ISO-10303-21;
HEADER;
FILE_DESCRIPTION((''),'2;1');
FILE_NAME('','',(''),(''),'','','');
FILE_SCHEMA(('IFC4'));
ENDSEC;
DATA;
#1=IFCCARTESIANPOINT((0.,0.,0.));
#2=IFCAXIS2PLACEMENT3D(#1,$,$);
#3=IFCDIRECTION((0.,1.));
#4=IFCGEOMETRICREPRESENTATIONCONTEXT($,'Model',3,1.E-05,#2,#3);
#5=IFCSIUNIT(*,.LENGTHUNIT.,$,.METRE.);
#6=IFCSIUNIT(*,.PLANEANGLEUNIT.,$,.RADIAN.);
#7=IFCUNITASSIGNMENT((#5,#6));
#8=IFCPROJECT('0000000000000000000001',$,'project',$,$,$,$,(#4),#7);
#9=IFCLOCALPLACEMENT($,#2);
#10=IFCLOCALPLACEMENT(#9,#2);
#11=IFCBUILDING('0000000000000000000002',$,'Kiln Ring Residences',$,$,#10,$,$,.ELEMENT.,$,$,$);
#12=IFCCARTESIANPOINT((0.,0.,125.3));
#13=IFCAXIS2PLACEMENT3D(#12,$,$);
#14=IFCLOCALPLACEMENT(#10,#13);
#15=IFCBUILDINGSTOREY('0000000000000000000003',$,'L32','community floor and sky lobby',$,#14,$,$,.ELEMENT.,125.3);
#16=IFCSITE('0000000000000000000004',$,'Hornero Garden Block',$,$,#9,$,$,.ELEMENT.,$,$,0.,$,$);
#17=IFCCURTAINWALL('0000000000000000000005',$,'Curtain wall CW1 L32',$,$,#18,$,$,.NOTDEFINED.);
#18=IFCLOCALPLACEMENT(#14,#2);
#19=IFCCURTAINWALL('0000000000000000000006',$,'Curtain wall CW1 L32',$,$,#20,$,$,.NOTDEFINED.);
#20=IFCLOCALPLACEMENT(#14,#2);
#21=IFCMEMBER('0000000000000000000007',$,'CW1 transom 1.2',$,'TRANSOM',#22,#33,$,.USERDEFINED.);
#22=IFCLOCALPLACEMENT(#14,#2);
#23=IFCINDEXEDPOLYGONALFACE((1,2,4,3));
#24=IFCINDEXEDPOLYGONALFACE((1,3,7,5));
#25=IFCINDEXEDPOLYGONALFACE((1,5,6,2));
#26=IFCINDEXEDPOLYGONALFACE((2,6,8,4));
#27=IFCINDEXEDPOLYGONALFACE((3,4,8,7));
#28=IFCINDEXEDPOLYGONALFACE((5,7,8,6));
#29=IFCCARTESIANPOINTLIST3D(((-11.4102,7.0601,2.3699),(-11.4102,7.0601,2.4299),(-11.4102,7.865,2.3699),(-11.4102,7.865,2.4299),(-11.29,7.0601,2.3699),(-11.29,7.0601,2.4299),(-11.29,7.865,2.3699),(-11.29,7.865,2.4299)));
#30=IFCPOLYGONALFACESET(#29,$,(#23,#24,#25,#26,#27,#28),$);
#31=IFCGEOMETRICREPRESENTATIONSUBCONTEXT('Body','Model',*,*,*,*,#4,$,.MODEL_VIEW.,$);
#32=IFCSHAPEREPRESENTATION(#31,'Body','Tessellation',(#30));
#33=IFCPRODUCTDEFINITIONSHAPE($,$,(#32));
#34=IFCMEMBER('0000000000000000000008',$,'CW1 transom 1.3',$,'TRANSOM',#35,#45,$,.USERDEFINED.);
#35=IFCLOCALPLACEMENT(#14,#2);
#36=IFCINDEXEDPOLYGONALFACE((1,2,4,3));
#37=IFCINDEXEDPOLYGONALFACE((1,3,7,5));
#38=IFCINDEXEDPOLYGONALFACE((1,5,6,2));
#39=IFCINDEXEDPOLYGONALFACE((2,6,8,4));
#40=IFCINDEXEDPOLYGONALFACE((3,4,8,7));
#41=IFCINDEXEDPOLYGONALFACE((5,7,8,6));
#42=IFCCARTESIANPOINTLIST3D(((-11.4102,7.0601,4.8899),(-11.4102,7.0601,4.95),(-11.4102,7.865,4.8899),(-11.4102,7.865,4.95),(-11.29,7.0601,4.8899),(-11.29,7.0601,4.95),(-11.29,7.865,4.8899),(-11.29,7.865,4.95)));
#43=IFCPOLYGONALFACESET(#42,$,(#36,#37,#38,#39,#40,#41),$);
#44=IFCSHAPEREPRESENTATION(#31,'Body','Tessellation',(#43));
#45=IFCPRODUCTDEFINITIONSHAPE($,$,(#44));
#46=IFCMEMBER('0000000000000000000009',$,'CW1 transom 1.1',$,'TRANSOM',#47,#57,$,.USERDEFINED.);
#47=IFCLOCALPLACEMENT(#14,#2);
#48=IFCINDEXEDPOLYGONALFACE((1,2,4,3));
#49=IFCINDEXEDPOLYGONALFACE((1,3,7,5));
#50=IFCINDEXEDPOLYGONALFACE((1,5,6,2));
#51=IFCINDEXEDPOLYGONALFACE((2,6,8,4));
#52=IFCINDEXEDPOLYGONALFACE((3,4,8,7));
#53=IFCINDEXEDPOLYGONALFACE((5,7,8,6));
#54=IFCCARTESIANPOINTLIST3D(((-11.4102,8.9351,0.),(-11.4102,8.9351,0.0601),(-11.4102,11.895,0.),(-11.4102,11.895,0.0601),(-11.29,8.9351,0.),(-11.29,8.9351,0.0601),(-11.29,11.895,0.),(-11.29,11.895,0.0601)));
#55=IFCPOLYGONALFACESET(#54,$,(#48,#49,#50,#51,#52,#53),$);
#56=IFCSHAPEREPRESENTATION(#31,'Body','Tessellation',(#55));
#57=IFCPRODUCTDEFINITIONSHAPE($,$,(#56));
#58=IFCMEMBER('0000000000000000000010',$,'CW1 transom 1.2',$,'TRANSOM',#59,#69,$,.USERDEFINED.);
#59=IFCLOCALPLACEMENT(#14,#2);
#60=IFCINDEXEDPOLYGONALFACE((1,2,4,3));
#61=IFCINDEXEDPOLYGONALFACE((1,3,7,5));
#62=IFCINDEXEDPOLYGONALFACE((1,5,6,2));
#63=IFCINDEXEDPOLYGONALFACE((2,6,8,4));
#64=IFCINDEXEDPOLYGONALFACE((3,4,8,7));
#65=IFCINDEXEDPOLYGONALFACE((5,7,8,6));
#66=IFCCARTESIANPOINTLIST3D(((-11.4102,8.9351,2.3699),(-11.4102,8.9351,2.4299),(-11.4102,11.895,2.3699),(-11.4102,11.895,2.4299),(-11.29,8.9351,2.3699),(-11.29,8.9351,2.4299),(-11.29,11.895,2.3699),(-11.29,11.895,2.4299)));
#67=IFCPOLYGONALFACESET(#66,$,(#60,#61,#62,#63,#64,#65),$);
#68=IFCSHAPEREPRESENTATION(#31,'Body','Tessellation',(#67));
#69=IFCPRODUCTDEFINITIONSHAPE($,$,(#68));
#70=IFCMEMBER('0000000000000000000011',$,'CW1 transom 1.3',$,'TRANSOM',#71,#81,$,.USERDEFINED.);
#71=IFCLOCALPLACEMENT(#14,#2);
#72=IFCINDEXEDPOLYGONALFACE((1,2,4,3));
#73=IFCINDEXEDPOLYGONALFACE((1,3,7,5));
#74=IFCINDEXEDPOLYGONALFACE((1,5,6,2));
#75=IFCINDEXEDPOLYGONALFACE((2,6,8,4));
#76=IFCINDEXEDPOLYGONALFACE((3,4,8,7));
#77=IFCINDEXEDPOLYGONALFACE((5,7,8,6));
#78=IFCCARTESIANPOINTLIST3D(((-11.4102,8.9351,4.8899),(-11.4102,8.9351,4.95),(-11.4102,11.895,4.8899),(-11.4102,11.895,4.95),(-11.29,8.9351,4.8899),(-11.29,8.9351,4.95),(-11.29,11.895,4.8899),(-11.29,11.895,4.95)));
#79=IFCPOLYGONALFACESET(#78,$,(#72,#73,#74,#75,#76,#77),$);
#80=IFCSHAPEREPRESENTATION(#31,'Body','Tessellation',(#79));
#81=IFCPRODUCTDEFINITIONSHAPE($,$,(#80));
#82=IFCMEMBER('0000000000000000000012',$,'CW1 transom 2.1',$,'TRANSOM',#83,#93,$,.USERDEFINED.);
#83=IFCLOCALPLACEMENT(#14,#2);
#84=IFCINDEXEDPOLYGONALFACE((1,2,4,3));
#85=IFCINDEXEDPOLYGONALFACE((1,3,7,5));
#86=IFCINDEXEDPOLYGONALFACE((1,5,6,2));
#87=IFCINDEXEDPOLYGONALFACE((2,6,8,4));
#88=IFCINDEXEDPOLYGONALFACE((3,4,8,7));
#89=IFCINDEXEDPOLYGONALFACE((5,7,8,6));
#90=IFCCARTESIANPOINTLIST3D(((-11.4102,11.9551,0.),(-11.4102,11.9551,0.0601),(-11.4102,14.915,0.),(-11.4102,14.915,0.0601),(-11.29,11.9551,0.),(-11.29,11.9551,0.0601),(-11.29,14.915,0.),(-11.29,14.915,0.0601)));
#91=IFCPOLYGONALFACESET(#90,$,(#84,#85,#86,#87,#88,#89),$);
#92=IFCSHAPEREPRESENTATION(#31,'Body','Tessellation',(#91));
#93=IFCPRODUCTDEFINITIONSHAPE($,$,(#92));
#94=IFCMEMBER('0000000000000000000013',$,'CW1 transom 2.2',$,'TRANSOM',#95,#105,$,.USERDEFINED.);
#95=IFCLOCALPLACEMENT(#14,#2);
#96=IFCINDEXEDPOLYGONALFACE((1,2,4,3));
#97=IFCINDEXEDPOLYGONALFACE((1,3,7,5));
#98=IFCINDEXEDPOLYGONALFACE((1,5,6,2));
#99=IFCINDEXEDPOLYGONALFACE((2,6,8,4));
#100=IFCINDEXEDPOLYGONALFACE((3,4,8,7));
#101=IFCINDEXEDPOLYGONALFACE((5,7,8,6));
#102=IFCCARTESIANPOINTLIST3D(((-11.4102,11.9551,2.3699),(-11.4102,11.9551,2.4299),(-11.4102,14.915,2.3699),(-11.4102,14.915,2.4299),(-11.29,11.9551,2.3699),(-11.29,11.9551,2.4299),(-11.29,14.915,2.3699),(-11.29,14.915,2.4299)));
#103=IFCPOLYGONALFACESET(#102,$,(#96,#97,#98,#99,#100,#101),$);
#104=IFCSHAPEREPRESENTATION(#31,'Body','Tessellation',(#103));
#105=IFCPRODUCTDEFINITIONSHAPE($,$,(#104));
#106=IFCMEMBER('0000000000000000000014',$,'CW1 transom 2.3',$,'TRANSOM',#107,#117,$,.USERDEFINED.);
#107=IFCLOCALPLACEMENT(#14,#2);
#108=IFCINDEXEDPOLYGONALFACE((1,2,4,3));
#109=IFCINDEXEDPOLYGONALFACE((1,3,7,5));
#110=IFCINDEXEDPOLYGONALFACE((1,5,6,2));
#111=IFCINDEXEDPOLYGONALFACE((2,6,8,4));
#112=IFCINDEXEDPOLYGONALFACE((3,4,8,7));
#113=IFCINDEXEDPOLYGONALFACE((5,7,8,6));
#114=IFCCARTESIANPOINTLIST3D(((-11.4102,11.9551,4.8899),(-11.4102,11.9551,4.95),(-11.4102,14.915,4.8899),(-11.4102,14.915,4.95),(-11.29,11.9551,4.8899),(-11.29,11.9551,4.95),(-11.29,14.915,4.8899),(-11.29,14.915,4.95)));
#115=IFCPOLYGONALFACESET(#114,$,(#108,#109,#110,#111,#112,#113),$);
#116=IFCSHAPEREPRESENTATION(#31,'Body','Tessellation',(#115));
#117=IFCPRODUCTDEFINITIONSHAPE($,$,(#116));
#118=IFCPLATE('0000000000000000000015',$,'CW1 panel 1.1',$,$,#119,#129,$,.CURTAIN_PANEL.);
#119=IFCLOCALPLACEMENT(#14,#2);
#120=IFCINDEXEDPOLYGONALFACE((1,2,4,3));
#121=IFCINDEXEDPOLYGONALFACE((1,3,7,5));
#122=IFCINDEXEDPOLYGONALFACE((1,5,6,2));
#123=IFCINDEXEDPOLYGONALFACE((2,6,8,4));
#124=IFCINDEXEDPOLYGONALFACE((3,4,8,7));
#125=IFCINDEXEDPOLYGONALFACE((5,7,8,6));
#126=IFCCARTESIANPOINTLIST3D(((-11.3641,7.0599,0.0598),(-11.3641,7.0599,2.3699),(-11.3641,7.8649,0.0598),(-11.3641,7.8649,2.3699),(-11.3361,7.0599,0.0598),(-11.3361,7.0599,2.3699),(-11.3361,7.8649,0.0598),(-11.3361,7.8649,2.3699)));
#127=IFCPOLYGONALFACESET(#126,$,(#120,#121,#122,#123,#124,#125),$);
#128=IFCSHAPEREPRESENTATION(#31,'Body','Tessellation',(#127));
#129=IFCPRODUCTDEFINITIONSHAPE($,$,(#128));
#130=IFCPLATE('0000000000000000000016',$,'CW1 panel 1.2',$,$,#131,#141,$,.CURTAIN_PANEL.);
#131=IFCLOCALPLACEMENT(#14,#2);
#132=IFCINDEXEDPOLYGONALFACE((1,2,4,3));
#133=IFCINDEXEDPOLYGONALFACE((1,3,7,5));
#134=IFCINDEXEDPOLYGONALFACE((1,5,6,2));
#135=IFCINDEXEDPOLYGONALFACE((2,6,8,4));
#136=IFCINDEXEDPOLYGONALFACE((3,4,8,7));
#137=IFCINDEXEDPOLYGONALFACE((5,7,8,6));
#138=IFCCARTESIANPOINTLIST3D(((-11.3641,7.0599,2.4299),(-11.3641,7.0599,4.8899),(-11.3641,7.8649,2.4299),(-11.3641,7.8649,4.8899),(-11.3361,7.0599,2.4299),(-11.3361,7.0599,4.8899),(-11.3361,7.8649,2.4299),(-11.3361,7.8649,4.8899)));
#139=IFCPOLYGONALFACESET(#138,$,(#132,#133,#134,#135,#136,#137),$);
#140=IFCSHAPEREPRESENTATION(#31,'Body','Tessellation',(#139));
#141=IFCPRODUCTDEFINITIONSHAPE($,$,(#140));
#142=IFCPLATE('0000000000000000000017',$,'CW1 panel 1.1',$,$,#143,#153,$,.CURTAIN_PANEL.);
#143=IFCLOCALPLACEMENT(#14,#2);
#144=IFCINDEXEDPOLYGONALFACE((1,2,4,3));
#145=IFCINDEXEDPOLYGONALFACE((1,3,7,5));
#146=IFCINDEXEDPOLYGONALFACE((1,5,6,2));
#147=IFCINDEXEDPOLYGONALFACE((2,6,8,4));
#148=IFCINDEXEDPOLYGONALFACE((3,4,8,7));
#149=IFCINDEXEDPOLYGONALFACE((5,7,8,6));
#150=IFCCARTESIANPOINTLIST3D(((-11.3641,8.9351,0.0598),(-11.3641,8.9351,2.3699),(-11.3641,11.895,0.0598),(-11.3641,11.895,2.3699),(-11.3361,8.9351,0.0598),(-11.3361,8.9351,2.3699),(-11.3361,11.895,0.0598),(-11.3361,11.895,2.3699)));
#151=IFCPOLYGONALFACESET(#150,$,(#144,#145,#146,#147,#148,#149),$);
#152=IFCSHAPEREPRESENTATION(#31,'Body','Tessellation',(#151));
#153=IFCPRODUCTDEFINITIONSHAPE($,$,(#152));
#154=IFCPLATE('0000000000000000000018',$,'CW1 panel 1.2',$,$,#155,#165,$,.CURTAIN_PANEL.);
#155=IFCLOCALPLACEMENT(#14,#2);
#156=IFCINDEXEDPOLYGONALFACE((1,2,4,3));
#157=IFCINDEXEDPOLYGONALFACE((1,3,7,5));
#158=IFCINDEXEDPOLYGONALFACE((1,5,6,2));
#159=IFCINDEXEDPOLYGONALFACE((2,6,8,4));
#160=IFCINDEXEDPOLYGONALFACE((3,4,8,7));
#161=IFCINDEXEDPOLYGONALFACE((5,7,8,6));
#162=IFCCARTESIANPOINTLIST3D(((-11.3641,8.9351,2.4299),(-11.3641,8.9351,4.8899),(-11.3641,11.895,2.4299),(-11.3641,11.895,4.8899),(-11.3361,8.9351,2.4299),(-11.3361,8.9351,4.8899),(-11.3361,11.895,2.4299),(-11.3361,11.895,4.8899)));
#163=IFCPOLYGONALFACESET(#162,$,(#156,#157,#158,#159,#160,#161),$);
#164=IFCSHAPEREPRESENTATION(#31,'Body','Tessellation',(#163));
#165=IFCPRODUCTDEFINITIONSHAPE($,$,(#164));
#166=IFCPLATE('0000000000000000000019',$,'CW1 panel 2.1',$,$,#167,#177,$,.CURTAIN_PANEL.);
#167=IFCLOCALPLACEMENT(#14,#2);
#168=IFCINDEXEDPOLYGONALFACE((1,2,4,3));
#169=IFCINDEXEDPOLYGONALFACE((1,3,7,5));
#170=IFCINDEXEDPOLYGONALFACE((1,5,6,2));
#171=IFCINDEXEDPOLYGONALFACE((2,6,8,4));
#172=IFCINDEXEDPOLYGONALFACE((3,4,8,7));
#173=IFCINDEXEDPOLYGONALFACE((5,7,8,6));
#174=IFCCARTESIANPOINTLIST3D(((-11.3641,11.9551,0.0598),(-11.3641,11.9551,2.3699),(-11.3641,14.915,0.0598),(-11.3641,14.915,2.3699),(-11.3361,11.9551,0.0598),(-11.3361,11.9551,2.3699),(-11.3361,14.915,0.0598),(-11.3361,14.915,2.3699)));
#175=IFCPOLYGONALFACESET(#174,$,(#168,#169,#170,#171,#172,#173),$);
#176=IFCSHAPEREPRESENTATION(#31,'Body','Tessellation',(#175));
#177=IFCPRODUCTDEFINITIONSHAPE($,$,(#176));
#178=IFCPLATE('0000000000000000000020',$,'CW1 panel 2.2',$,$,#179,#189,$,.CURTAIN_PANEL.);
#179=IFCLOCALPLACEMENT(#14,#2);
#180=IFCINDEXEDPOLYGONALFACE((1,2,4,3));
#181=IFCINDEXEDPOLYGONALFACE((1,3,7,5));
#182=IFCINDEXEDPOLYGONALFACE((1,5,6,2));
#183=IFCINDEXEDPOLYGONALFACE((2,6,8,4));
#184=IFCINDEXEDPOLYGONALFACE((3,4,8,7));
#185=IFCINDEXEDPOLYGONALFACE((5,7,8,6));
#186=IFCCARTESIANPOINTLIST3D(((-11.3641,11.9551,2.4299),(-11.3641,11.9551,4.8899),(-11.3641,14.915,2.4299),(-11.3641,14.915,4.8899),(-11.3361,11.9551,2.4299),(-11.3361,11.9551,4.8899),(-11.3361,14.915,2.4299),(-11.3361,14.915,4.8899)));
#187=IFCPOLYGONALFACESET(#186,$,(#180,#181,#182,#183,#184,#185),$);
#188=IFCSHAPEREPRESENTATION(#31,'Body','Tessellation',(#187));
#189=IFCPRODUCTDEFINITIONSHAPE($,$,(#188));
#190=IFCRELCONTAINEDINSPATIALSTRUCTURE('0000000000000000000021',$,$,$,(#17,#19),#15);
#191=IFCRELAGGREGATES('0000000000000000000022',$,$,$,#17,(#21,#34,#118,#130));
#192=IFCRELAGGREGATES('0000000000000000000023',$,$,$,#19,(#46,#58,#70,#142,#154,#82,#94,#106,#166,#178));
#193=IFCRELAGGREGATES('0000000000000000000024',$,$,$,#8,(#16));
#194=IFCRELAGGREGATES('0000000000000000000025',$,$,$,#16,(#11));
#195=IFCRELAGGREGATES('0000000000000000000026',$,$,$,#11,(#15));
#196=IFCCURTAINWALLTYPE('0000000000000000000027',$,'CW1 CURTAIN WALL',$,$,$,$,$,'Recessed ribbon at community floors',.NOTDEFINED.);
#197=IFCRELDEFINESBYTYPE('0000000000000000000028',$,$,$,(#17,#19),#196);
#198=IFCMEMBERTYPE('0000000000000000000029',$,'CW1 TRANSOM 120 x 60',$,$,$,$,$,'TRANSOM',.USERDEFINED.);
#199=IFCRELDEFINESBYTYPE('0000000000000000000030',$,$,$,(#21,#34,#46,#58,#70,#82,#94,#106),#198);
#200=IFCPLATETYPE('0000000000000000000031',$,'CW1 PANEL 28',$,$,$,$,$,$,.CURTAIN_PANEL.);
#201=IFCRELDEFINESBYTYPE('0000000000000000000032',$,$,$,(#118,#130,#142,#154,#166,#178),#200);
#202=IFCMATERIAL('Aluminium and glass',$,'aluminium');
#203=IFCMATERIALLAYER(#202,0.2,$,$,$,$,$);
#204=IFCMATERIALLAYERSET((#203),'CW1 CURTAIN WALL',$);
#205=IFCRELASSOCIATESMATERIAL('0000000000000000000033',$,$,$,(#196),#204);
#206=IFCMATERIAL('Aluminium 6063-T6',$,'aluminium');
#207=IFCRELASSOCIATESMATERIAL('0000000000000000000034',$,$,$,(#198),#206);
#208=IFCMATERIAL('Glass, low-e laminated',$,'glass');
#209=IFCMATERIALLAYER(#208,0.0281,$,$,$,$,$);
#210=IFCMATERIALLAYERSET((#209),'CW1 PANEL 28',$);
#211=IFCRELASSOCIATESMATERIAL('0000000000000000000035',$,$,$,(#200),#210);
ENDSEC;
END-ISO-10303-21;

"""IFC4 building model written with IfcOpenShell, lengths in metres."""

from ifc_helpers import new_model, si_unit, direction, frame, origin, origin_2d, place, context, subcontext, project, spatial, rectangle, extrude, material, layer, layer_set, material_profile, profile_set, type_object, element, aggregate, save


model = new_model("IFC4")

# Units and contexts
model_context = context("Model", 3, precision=1e-05, world=origin(), true_north=direction((0.0, 1.0)))
body_context = subcontext(model_context, "Body", "Model", "MODEL_VIEW")
ifc_project = project(units=[si_unit("LENGTHUNIT", "METRE"), si_unit("PLANEANGLEUNIT", "RADIAN")], contexts=[model_context])

# Site, building, storey
site_placement = place(None, origin())
site = spatial("IfcSite", under=ifc_project, at=site_placement, Name="Hornero Garden Block", CompositionType="ELEMENT", RefElevation=0.0)
building_placement = place(site_placement, origin())
building = spatial("IfcBuilding", under=site, at=building_placement, Name="Kiln Ring Residences", CompositionType="ELEMENT")
storey_placement = place(building_placement, frame((0.0, 0.0, 125.3)))
storey = spatial("IfcBuildingStorey", under=building, at=storey_placement, Name="L32", Description="community floor and sky lobby", CompositionType="ELEMENT", Elevation=125.3)

# Curtain wall
ifc_material_1 = material(Name="Aluminium and glass", Category="aluminium")
ifc_layer_1 = layer(ifc_material_1, 0.2)
ifc_layer_set_1 = layer_set([ifc_layer_1], Name="CW1 CURTAIN WALL")
curtain_wall_type = type_object("IfcCurtainWallType", Name="CW1 CURTAIN WALL", ElementType="Recessed ribbon at community floors", PredefinedType="NOTDEFINED", material=ifc_layer_set_1)
placement_1 = place(storey_placement, origin())
curtain_wall_1 = element("IfcCurtainWall", 1, at=placement_1, inside=storey, type_object=curtain_wall_type, Name="Curtain wall CW1 L32", PredefinedType="NOTDEFINED")

# Curtain wall
curtain_wall_2 = element("IfcCurtainWall", 2, at=placement_1, inside=storey, type_object=curtain_wall_type, Name="Curtain wall CW1 L32", PredefinedType="NOTDEFINED")

# Members
ifc_material_2 = material(Name="Aluminium 6063-T6", Category="aluminium")
ifc_material_profile_1 = material_profile(ifc_material_2, rectangle(XDim=0.1201, YDim=0.0601, at=origin_2d()), Name="AL 120x60")
ifc_profile_set_1 = profile_set([ifc_material_profile_1], Name="Aluminium 6063-T6")
member_type_1 = type_object("IfcMemberType", Name="CW1 TRANSOM 120 x 60", ElementType="TRANSOM", PredefinedType="USERDEFINED", material=ifc_profile_set_1)
member_1_placement = place(storey_placement, frame((-11.3501, 7.0601, 2.3999), z_axis=(0.0, 1.0, 0.0), x_axis=(-1.0, 0.0, 0.0)))
member_1 = element("IfcMember", 3, at=member_1_placement, type_object=member_type_1, Name="CW1 transom 1.2", ObjectType="TRANSOM", PredefinedType="USERDEFINED", context=body_context, shape_type="SweptSolid", body=[
    extrude(rectangle(XDim=0.1201, YDim=0.0601, at=origin_2d()), origin(), (0.0, 0.0, 1.0), 0.8049),
])
member_2_placement = place(storey_placement, frame((-11.3501, 7.0601, 4.9199), z_axis=(0.0, 1.0, 0.0), x_axis=(-1.0, 0.0, 0.0)))
member_2 = element("IfcMember", 4, at=member_2_placement, type_object=member_type_1, Name="CW1 transom 1.3", ObjectType="TRANSOM", PredefinedType="USERDEFINED", context=body_context, shape_type="SweptSolid", body=[
    extrude(rectangle(XDim=0.1201, YDim=0.0601, at=origin_2d()), origin(), (0.0, 0.0, 1.0), 0.8049),
])
member_3_placement = place(storey_placement, frame((-11.3501, 8.9351, 0.03), z_axis=(0.0, 1.0, 0.0), x_axis=(-1.0, 0.0, 0.0)))
member_3 = element("IfcMember", 5, at=member_3_placement, type_object=member_type_1, Name="CW1 transom 1.1", ObjectType="TRANSOM", PredefinedType="USERDEFINED", context=body_context, shape_type="SweptSolid", body=[
    extrude(rectangle(XDim=0.1201, YDim=0.0601, at=origin_2d()), origin(), (0.0, 0.0, 1.0), 2.96),
])
member_4_placement = place(storey_placement, frame((-11.3501, 8.9351, 2.3999), z_axis=(0.0, 1.0, 0.0), x_axis=(-1.0, 0.0, 0.0)))
member_4 = element("IfcMember", 6, at=member_4_placement, type_object=member_type_1, Name="CW1 transom 1.2", ObjectType="TRANSOM", PredefinedType="USERDEFINED", context=body_context, shape_type="SweptSolid", body=[
    extrude(rectangle(XDim=0.1201, YDim=0.0601, at=origin_2d()), origin(), (0.0, 0.0, 1.0), 2.96),
])
member_5_placement = place(storey_placement, frame((-11.3501, 8.9351, 4.9199), z_axis=(0.0, 1.0, 0.0), x_axis=(-1.0, 0.0, 0.0)))
member_5 = element("IfcMember", 7, at=member_5_placement, type_object=member_type_1, Name="CW1 transom 1.3", ObjectType="TRANSOM", PredefinedType="USERDEFINED", context=body_context, shape_type="SweptSolid", body=[
    extrude(rectangle(XDim=0.1201, YDim=0.0601, at=origin_2d()), origin(), (0.0, 0.0, 1.0), 2.96),
])
member_6_placement = place(storey_placement, frame((-11.3501, 11.9551, 0.03), z_axis=(0.0, 1.0, 0.0), x_axis=(-1.0, 0.0, 0.0)))
member_6 = element("IfcMember", 8, at=member_6_placement, type_object=member_type_1, Name="CW1 transom 2.1", ObjectType="TRANSOM", PredefinedType="USERDEFINED", context=body_context, shape_type="SweptSolid", body=[
    extrude(rectangle(XDim=0.1201, YDim=0.0601, at=origin_2d()), origin(), (0.0, 0.0, 1.0), 2.96),
])
member_7_placement = place(storey_placement, frame((-11.3501, 11.9551, 2.3999), z_axis=(0.0, 1.0, 0.0), x_axis=(-1.0, 0.0, 0.0)))
member_7 = element("IfcMember", 9, at=member_7_placement, type_object=member_type_1, Name="CW1 transom 2.2", ObjectType="TRANSOM", PredefinedType="USERDEFINED", context=body_context, shape_type="SweptSolid", body=[
    extrude(rectangle(XDim=0.1201, YDim=0.0601, at=origin_2d()), origin(), (0.0, 0.0, 1.0), 2.96),
])
member_8_placement = place(storey_placement, frame((-11.3501, 11.9551, 4.9199), z_axis=(0.0, 1.0, 0.0), x_axis=(-1.0, 0.0, 0.0)))
member_8 = element("IfcMember", 10, at=member_8_placement, type_object=member_type_1, Name="CW1 transom 2.3", ObjectType="TRANSOM", PredefinedType="USERDEFINED", context=body_context, shape_type="SweptSolid", body=[
    extrude(rectangle(XDim=0.1201, YDim=0.0601, at=origin_2d()), origin(), (0.0, 0.0, 1.0), 2.96),
])

# Plates
ifc_material_3 = material(Name="Glass, low-e laminated", Category="glass")
ifc_layer_2 = layer(ifc_material_3, 0.0281)
ifc_layer_set_2 = layer_set([ifc_layer_2], Name="CW1 PANEL 28")
plate_type = type_object("IfcPlateType", Name="CW1 PANEL 28", PredefinedType="CURTAIN_PANEL", material=ifc_layer_set_2)
plate_1_placement = place(storey_placement, frame((-11.3501, 7.4624, 0.0598), z_axis=(0.0, 0.0, 1.0), x_axis=(0.0, 1.0, 0.0)))
plate_1 = element("IfcPlate", 11, at=plate_1_placement, type_object=plate_type, Name="CW1 panel 1.1", PredefinedType="CURTAIN_PANEL", context=body_context, shape_type="SweptSolid", body=[
    extrude(rectangle(XDim=0.8049, YDim=0.0281, at=origin_2d()), origin(), (0.0, 0.0, 1.0), 2.3101),
])
plate_2_placement = place(storey_placement, frame((-11.3501, 7.4624, 2.4299), z_axis=(0.0, 0.0, 1.0), x_axis=(0.0, 1.0, 0.0)))
plate_2 = element("IfcPlate", 12, at=plate_2_placement, type_object=plate_type, Name="CW1 panel 1.2", PredefinedType="CURTAIN_PANEL", context=body_context, shape_type="SweptSolid", body=[
    extrude(rectangle(XDim=0.8049, YDim=0.0281, at=origin_2d()), origin(), (0.0, 0.0, 1.0), 2.46),
])
aggregate(curtain_wall_1, [member_1, member_2, plate_1, plate_2])
plate_3_placement = place(storey_placement, frame((-11.3501, 10.415, 0.0598), z_axis=(0.0, 0.0, 1.0), x_axis=(0.0, 1.0, 0.0)))
plate_3 = element("IfcPlate", 13, at=plate_3_placement, type_object=plate_type, Name="CW1 panel 1.1", PredefinedType="CURTAIN_PANEL", context=body_context, shape_type="SweptSolid", body=[
    extrude(rectangle(XDim=2.96, YDim=0.0281, at=origin_2d()), origin(), (0.0, 0.0, 1.0), 2.3101),
])
plate_4_placement = place(storey_placement, frame((-11.3501, 10.415, 2.4299), z_axis=(0.0, 0.0, 1.0), x_axis=(0.0, 1.0, 0.0)))
plate_4 = element("IfcPlate", 14, at=plate_4_placement, type_object=plate_type, Name="CW1 panel 1.2", PredefinedType="CURTAIN_PANEL", context=body_context, shape_type="SweptSolid", body=[
    extrude(rectangle(XDim=2.96, YDim=0.0281, at=origin_2d()), origin(), (0.0, 0.0, 1.0), 2.46),
])
plate_5_placement = place(storey_placement, frame((-11.3501, 13.4351, 0.0598), z_axis=(0.0, 0.0, 1.0), x_axis=(0.0, 1.0, 0.0)))
plate_5 = element("IfcPlate", 15, at=plate_5_placement, type_object=plate_type, Name="CW1 panel 2.1", PredefinedType="CURTAIN_PANEL", context=body_context, shape_type="SweptSolid", body=[
    extrude(rectangle(XDim=2.96, YDim=0.0281, at=origin_2d()), origin(), (0.0, 0.0, 1.0), 2.3101),
])
plate_6_placement = place(storey_placement, frame((-11.3501, 13.4351, 2.4299), z_axis=(0.0, 0.0, 1.0), x_axis=(0.0, 1.0, 0.0)))
plate_6 = element("IfcPlate", 16, at=plate_6_placement, type_object=plate_type, Name="CW1 panel 2.2", PredefinedType="CURTAIN_PANEL", context=body_context, shape_type="SweptSolid", body=[
    extrude(rectangle(XDim=2.96, YDim=0.0281, at=origin_2d()), origin(), (0.0, 0.0, 1.0), 2.46),
])
aggregate(curtain_wall_2, [member_3, member_4, member_5, plate_3, plate_4, member_6, member_7, member_8, plate_5, plate_6])

save(model, "model.ifc")
